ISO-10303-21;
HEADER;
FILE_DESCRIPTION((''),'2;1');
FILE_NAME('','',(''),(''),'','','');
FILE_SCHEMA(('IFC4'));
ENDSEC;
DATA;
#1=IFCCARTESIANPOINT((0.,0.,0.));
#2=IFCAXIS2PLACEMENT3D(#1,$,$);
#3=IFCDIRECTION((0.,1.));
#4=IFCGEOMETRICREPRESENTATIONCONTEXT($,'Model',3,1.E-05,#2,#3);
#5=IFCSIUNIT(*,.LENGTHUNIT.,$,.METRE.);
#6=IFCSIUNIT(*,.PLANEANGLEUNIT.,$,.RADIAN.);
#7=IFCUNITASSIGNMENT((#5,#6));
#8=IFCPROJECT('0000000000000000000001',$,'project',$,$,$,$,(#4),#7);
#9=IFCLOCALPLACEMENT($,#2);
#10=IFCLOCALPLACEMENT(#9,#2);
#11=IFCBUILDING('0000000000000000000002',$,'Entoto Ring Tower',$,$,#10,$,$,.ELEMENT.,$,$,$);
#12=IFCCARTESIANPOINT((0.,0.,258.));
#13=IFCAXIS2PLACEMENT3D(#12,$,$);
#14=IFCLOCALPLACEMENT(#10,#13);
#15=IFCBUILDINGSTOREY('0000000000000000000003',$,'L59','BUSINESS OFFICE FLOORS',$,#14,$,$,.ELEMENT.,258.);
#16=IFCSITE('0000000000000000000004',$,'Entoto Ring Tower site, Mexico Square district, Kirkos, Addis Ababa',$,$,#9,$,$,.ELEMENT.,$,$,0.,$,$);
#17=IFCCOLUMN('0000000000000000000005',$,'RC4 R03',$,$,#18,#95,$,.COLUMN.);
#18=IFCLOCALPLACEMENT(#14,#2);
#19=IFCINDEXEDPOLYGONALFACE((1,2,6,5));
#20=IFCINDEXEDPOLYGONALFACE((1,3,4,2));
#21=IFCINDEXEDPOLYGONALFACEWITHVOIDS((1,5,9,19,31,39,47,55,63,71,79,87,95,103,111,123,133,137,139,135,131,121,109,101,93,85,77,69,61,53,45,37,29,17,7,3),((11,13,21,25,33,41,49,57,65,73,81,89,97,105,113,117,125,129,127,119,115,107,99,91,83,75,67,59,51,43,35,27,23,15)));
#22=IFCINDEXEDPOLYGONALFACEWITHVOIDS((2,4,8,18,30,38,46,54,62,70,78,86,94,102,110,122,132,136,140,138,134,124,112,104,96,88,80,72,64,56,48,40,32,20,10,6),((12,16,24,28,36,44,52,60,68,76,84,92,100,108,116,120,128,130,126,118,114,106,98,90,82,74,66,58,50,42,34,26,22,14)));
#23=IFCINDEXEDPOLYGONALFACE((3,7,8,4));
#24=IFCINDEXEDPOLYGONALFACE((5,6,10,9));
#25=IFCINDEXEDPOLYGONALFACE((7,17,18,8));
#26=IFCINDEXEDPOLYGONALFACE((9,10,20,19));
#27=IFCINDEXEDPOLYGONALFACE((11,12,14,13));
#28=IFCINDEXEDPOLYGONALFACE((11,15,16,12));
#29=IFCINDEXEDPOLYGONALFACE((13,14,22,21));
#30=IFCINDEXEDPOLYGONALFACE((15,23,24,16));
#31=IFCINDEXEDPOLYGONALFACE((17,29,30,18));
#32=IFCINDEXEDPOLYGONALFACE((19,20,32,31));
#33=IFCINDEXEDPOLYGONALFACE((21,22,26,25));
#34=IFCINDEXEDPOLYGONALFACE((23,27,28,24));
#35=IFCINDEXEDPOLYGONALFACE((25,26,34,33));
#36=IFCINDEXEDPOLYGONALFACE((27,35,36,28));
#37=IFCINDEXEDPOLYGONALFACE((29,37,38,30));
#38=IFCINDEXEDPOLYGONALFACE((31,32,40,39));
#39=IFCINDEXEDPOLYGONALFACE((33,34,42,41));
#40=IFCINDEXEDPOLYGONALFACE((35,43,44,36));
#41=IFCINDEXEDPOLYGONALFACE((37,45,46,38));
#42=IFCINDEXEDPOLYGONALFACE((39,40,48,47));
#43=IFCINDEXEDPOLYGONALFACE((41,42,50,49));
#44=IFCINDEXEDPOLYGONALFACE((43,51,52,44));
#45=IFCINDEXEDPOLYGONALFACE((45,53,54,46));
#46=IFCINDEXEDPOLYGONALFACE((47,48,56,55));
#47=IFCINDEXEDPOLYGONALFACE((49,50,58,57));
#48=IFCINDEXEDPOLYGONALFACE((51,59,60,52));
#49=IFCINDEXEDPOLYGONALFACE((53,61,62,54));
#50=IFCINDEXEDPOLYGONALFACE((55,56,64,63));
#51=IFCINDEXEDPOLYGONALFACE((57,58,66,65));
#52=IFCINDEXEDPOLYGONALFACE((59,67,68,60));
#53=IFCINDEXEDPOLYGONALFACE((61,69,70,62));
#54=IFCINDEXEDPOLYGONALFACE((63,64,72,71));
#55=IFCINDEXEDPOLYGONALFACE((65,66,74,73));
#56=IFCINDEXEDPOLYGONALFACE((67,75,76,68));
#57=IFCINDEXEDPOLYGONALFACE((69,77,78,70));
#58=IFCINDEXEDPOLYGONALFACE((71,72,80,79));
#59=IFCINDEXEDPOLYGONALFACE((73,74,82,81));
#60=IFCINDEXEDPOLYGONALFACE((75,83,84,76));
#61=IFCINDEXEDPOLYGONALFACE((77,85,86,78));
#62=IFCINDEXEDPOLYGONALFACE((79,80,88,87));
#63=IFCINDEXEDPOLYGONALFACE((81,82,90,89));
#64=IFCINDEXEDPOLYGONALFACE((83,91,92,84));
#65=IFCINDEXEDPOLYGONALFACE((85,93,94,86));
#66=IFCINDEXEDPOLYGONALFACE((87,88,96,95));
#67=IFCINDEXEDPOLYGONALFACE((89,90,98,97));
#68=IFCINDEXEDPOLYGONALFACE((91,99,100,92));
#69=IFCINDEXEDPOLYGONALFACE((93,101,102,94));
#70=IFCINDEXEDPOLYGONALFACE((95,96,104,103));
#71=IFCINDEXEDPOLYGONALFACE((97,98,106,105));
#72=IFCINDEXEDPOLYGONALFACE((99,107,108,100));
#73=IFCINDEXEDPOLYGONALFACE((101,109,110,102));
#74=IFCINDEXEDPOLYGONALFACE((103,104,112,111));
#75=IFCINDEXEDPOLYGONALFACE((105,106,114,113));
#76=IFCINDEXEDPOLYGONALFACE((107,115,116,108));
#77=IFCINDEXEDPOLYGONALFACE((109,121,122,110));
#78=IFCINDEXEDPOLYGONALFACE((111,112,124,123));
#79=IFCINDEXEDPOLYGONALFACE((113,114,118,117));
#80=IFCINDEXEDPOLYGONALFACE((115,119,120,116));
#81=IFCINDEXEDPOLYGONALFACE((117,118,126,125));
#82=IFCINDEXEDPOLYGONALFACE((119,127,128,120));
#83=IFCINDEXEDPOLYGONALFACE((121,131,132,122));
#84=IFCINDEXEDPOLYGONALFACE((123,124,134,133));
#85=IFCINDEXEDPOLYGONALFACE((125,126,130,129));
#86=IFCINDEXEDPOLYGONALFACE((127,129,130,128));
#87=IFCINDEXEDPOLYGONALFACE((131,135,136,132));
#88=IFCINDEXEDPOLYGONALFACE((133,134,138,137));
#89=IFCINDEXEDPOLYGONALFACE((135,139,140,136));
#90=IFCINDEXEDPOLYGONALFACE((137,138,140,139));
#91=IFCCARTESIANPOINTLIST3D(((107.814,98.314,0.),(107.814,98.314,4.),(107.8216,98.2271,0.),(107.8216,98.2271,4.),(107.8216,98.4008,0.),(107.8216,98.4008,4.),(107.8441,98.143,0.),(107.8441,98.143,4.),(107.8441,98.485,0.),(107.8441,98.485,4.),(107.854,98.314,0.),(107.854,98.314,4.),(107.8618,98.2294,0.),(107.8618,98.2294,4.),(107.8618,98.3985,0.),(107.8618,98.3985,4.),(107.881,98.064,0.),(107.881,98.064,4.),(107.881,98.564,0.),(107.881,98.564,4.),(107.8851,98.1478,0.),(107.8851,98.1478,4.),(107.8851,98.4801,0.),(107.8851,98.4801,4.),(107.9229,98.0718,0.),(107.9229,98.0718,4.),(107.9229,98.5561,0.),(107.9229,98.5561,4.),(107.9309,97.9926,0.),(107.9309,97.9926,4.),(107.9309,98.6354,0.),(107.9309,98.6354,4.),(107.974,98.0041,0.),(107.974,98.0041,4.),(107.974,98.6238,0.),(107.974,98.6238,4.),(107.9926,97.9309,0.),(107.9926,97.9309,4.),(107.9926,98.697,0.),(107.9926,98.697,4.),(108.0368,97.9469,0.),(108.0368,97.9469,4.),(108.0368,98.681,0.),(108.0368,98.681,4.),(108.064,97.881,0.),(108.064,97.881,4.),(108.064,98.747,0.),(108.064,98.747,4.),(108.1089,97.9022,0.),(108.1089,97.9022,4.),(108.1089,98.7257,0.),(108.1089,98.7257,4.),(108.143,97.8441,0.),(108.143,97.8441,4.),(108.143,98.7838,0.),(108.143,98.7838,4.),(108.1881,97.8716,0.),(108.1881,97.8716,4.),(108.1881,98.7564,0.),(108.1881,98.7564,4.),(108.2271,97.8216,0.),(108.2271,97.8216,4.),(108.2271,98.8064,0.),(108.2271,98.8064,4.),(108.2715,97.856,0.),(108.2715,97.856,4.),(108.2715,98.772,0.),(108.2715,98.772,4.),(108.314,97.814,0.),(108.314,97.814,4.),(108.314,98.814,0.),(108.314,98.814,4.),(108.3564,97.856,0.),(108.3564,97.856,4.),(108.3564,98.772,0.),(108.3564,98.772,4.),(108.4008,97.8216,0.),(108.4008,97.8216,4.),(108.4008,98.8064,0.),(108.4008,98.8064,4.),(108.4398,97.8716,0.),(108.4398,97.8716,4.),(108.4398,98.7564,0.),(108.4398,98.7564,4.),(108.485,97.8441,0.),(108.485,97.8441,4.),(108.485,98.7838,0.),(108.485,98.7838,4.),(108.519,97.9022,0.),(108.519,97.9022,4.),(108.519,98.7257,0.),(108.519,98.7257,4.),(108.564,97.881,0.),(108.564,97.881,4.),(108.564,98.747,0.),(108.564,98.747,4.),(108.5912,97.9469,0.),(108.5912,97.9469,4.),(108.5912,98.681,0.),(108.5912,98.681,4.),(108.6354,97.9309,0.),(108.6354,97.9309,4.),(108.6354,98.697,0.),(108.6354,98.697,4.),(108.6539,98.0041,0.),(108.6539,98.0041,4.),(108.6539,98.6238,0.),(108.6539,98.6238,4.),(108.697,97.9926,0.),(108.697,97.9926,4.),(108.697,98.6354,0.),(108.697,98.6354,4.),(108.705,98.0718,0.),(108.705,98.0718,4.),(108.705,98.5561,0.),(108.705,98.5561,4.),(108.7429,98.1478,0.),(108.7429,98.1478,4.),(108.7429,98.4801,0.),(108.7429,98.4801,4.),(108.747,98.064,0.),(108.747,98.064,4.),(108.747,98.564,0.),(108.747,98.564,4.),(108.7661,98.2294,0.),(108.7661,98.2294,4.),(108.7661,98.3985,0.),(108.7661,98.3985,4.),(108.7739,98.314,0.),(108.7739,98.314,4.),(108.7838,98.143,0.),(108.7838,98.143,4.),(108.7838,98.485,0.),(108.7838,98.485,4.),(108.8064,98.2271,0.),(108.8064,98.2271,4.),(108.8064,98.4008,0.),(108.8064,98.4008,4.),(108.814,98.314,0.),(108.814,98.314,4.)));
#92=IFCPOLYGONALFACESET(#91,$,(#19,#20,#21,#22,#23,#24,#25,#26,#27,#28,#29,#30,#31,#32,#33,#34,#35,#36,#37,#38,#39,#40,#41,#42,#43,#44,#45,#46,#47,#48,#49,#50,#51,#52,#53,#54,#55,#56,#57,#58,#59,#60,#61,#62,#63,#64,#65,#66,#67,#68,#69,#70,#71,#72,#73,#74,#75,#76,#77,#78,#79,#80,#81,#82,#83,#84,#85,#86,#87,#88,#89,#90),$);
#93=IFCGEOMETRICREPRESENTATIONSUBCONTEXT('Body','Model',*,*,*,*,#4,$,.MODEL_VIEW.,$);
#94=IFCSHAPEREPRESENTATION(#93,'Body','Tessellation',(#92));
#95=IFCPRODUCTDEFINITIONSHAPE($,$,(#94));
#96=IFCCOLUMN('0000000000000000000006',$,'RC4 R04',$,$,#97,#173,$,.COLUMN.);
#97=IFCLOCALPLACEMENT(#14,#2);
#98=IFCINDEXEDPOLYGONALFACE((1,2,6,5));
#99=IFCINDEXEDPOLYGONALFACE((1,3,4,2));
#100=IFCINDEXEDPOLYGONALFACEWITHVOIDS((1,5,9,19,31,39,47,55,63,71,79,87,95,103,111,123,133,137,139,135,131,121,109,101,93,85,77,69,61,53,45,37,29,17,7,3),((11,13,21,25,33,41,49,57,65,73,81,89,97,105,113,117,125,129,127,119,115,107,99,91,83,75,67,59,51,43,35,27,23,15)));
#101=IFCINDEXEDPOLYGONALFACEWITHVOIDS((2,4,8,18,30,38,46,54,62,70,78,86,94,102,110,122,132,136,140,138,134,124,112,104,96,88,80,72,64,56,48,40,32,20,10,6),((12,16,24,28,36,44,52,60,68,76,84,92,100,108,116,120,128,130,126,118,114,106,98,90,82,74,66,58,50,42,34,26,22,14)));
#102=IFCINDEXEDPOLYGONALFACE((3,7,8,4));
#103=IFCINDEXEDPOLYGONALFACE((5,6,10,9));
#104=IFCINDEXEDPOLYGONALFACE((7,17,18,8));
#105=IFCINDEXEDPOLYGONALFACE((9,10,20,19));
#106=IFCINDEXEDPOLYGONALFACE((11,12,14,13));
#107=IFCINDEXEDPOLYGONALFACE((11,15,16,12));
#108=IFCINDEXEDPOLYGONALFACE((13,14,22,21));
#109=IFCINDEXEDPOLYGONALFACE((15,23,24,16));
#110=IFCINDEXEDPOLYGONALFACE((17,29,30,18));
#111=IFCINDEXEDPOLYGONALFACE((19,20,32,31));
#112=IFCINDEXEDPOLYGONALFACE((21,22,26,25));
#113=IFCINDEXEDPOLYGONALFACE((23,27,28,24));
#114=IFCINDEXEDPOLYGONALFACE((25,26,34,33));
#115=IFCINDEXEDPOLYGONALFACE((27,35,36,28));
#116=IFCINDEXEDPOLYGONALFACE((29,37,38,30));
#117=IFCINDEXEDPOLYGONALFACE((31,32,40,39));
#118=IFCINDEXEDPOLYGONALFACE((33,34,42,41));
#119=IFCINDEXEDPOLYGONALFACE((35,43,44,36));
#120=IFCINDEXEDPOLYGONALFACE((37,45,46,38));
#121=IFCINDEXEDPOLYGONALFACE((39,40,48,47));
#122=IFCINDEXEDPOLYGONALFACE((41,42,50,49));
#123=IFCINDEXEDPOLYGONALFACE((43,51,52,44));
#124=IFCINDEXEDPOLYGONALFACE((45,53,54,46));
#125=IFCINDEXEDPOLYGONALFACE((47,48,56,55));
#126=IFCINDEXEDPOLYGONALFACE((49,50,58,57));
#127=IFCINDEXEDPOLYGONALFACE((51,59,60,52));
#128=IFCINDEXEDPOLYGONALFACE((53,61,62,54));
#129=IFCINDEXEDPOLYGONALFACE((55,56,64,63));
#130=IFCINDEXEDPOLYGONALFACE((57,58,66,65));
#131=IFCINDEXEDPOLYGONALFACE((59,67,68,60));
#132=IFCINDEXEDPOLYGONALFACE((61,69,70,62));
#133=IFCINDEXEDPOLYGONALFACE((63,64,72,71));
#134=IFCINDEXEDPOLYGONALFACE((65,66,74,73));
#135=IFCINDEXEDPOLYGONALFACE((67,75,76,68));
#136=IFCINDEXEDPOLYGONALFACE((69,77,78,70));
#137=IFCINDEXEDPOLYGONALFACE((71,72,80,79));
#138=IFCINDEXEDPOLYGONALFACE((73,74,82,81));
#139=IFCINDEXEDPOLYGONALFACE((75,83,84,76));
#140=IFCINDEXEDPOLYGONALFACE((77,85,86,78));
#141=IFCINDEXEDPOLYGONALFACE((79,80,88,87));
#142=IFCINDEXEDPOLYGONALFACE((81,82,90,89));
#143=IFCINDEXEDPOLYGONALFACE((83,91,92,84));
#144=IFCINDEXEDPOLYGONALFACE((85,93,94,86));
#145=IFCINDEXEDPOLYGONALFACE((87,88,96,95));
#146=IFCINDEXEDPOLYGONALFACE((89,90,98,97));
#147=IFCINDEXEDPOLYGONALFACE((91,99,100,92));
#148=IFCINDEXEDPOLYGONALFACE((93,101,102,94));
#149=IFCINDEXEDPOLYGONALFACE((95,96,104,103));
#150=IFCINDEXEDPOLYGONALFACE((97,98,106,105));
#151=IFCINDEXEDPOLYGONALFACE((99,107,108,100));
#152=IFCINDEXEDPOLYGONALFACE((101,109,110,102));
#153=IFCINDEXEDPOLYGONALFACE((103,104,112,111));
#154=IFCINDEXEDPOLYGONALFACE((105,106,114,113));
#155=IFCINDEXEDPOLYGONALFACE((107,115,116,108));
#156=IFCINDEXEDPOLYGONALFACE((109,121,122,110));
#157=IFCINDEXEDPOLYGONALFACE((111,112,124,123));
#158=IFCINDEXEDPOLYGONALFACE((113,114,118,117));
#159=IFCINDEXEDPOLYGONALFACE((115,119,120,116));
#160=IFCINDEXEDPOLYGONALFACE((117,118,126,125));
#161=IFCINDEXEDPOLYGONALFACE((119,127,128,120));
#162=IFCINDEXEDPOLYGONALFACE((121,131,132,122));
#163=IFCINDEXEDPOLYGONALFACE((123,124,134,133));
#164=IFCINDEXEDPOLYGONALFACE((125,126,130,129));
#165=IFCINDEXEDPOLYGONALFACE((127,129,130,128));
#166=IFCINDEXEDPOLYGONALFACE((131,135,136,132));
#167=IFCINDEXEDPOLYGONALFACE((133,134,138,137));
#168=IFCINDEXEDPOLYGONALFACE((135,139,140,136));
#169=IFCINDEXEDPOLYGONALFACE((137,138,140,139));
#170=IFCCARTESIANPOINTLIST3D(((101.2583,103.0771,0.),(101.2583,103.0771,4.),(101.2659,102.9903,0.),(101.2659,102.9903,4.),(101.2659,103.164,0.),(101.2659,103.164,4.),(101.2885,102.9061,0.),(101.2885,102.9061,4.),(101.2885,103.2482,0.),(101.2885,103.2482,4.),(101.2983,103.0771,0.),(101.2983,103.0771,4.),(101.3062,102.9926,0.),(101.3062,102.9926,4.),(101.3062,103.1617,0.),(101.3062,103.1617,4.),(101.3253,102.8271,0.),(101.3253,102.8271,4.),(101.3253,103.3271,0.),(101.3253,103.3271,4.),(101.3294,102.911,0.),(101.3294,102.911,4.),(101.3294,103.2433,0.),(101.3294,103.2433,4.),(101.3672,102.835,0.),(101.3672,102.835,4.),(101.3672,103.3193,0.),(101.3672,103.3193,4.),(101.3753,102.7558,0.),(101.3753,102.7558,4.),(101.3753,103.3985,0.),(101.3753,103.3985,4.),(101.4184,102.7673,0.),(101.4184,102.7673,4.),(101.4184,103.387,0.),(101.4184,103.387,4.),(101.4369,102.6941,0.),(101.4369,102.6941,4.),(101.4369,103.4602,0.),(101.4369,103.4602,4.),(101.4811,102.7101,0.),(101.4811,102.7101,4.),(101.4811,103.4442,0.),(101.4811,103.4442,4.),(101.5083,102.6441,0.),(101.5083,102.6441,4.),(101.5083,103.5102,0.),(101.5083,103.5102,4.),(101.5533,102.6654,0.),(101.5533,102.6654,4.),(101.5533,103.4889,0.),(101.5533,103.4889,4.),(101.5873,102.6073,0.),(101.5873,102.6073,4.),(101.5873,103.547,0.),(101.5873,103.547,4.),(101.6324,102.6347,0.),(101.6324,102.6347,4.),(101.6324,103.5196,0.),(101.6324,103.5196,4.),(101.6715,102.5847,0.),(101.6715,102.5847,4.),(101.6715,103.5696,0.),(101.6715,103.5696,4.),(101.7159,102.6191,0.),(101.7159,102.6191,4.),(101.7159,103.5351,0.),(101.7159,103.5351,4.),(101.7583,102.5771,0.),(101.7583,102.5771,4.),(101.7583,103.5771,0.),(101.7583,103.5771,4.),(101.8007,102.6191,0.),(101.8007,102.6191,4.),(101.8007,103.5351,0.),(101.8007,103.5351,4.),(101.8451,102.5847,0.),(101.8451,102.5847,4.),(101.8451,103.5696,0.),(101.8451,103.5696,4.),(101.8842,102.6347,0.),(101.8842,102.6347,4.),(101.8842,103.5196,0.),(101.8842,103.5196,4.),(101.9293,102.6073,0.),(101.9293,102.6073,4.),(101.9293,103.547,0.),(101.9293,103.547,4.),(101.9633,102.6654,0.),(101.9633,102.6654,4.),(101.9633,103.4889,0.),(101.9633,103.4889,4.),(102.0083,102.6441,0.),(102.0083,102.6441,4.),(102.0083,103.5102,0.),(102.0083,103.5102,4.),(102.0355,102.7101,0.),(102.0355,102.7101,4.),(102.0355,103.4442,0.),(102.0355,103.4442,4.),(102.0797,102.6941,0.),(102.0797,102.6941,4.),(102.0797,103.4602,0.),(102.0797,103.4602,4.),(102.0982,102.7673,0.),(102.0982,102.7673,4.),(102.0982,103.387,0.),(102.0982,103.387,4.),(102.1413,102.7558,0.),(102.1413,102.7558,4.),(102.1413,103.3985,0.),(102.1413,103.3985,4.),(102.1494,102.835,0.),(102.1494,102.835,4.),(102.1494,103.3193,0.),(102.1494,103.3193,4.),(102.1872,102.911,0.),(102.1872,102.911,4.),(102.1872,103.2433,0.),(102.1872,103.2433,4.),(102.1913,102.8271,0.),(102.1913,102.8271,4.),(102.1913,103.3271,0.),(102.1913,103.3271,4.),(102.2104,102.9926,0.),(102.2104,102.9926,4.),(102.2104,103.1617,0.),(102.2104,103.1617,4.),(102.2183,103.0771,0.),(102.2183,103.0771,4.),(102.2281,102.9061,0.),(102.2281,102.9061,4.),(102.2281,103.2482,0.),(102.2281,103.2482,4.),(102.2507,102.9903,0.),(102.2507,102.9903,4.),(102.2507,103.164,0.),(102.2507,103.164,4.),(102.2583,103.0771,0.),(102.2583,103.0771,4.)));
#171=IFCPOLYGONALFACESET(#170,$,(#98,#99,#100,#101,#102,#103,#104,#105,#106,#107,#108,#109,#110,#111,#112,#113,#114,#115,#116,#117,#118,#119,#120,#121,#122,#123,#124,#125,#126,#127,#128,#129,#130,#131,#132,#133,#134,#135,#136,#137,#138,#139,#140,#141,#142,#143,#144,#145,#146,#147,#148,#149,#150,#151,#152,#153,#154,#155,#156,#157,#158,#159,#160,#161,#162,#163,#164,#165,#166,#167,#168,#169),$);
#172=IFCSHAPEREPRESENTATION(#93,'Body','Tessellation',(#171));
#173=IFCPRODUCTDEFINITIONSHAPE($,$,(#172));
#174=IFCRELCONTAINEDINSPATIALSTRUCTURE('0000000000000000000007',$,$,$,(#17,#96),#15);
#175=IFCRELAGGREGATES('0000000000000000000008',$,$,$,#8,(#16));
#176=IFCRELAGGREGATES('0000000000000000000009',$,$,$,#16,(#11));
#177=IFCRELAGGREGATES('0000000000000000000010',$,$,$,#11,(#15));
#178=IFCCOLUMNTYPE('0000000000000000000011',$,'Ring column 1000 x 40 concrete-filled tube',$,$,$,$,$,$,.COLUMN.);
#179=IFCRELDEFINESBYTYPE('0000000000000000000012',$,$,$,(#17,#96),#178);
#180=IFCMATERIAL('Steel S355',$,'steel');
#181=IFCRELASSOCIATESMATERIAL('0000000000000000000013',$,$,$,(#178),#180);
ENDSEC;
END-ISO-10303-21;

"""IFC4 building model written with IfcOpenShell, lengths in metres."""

from ifc_helpers import new_model, si_unit, direction, frame, origin, origin_2d, place, context, subcontext, project, spatial, circle, hollow_circle, extrude, material, material_profile, profile_set, type_object, element, save


model = new_model("IFC4")

# Units and contexts
model_context = context("Model", 3, precision=1e-05, world=origin(), true_north=direction((0.0, 1.0)))
body_context = subcontext(model_context, "Body", "Model", "MODEL_VIEW")
ifc_project = project(units=[si_unit("LENGTHUNIT", "METRE"), si_unit("PLANEANGLEUNIT", "RADIAN")], contexts=[model_context])

# Site, building, storey
site_placement = place(None, origin())
site = spatial("IfcSite", under=ifc_project, at=site_placement, Name="Entoto Ring Tower site, Mexico Square district, Kirkos, Addis Ababa", CompositionType="ELEMENT", RefElevation=0.0)
building_placement = place(site_placement, origin())
building = spatial("IfcBuilding", under=site, at=building_placement, Name="Entoto Ring Tower", CompositionType="ELEMENT")
storey_placement = place(building_placement, frame((0.0, 0.0, 258.0)))
storey = spatial("IfcBuildingStorey", under=building, at=storey_placement, Name="L59", Description="BUSINESS OFFICE FLOORS", CompositionType="ELEMENT", Elevation=258.0)

# Columns
ifc_material_1 = material(Name="Steel S355", Category="steel")
ifc_material_profile_1 = material_profile(ifc_material_1, hollow_circle(Radius=0.5, WallThickness=0.04, at=origin_2d()), Name="CHS 1000 x 40")
ifc_material_2 = material(Name="Concrete C60/75", Category="concrete")
ifc_material_profile_2 = material_profile(ifc_material_2, circle(Radius=0.46, at=origin_2d()), Name="Concrete C60/75 infill")
ifc_profile_set_1 = profile_set([ifc_material_profile_1, ifc_material_profile_2], Name="Steel S355")
column_type = type_object("IfcColumnType", Name="Ring column 1000 x 40 concrete-filled tube", PredefinedType="COLUMN", material=ifc_profile_set_1)
for number, where, z_axis, x_axis, name in (
    (1, (108.314, 98.314, 0.0), (0.0, 0.0, 1.0), (1.0, 0.0, 0.0), "RC4 R03"),
    (2, (101.7583, 103.0771, 0.0), (0.0, 0.0, 1.0), (1.0, 0.0, 0.0), "RC4 R04"),
):
    element("IfcColumn", number, at=place(storey_placement, frame(where, z_axis=z_axis, x_axis=x_axis)), inside=storey, type_object=column_type, Name=name, PredefinedType="COLUMN", context=body_context, shape_type="SweptSolid", body=[
        extrude(hollow_circle(Radius=0.5, WallThickness=0.04, at=origin_2d()), origin(), (0.0, 0.0, 1.0), 4.0),
    ])

save(model, "model.ifc")
